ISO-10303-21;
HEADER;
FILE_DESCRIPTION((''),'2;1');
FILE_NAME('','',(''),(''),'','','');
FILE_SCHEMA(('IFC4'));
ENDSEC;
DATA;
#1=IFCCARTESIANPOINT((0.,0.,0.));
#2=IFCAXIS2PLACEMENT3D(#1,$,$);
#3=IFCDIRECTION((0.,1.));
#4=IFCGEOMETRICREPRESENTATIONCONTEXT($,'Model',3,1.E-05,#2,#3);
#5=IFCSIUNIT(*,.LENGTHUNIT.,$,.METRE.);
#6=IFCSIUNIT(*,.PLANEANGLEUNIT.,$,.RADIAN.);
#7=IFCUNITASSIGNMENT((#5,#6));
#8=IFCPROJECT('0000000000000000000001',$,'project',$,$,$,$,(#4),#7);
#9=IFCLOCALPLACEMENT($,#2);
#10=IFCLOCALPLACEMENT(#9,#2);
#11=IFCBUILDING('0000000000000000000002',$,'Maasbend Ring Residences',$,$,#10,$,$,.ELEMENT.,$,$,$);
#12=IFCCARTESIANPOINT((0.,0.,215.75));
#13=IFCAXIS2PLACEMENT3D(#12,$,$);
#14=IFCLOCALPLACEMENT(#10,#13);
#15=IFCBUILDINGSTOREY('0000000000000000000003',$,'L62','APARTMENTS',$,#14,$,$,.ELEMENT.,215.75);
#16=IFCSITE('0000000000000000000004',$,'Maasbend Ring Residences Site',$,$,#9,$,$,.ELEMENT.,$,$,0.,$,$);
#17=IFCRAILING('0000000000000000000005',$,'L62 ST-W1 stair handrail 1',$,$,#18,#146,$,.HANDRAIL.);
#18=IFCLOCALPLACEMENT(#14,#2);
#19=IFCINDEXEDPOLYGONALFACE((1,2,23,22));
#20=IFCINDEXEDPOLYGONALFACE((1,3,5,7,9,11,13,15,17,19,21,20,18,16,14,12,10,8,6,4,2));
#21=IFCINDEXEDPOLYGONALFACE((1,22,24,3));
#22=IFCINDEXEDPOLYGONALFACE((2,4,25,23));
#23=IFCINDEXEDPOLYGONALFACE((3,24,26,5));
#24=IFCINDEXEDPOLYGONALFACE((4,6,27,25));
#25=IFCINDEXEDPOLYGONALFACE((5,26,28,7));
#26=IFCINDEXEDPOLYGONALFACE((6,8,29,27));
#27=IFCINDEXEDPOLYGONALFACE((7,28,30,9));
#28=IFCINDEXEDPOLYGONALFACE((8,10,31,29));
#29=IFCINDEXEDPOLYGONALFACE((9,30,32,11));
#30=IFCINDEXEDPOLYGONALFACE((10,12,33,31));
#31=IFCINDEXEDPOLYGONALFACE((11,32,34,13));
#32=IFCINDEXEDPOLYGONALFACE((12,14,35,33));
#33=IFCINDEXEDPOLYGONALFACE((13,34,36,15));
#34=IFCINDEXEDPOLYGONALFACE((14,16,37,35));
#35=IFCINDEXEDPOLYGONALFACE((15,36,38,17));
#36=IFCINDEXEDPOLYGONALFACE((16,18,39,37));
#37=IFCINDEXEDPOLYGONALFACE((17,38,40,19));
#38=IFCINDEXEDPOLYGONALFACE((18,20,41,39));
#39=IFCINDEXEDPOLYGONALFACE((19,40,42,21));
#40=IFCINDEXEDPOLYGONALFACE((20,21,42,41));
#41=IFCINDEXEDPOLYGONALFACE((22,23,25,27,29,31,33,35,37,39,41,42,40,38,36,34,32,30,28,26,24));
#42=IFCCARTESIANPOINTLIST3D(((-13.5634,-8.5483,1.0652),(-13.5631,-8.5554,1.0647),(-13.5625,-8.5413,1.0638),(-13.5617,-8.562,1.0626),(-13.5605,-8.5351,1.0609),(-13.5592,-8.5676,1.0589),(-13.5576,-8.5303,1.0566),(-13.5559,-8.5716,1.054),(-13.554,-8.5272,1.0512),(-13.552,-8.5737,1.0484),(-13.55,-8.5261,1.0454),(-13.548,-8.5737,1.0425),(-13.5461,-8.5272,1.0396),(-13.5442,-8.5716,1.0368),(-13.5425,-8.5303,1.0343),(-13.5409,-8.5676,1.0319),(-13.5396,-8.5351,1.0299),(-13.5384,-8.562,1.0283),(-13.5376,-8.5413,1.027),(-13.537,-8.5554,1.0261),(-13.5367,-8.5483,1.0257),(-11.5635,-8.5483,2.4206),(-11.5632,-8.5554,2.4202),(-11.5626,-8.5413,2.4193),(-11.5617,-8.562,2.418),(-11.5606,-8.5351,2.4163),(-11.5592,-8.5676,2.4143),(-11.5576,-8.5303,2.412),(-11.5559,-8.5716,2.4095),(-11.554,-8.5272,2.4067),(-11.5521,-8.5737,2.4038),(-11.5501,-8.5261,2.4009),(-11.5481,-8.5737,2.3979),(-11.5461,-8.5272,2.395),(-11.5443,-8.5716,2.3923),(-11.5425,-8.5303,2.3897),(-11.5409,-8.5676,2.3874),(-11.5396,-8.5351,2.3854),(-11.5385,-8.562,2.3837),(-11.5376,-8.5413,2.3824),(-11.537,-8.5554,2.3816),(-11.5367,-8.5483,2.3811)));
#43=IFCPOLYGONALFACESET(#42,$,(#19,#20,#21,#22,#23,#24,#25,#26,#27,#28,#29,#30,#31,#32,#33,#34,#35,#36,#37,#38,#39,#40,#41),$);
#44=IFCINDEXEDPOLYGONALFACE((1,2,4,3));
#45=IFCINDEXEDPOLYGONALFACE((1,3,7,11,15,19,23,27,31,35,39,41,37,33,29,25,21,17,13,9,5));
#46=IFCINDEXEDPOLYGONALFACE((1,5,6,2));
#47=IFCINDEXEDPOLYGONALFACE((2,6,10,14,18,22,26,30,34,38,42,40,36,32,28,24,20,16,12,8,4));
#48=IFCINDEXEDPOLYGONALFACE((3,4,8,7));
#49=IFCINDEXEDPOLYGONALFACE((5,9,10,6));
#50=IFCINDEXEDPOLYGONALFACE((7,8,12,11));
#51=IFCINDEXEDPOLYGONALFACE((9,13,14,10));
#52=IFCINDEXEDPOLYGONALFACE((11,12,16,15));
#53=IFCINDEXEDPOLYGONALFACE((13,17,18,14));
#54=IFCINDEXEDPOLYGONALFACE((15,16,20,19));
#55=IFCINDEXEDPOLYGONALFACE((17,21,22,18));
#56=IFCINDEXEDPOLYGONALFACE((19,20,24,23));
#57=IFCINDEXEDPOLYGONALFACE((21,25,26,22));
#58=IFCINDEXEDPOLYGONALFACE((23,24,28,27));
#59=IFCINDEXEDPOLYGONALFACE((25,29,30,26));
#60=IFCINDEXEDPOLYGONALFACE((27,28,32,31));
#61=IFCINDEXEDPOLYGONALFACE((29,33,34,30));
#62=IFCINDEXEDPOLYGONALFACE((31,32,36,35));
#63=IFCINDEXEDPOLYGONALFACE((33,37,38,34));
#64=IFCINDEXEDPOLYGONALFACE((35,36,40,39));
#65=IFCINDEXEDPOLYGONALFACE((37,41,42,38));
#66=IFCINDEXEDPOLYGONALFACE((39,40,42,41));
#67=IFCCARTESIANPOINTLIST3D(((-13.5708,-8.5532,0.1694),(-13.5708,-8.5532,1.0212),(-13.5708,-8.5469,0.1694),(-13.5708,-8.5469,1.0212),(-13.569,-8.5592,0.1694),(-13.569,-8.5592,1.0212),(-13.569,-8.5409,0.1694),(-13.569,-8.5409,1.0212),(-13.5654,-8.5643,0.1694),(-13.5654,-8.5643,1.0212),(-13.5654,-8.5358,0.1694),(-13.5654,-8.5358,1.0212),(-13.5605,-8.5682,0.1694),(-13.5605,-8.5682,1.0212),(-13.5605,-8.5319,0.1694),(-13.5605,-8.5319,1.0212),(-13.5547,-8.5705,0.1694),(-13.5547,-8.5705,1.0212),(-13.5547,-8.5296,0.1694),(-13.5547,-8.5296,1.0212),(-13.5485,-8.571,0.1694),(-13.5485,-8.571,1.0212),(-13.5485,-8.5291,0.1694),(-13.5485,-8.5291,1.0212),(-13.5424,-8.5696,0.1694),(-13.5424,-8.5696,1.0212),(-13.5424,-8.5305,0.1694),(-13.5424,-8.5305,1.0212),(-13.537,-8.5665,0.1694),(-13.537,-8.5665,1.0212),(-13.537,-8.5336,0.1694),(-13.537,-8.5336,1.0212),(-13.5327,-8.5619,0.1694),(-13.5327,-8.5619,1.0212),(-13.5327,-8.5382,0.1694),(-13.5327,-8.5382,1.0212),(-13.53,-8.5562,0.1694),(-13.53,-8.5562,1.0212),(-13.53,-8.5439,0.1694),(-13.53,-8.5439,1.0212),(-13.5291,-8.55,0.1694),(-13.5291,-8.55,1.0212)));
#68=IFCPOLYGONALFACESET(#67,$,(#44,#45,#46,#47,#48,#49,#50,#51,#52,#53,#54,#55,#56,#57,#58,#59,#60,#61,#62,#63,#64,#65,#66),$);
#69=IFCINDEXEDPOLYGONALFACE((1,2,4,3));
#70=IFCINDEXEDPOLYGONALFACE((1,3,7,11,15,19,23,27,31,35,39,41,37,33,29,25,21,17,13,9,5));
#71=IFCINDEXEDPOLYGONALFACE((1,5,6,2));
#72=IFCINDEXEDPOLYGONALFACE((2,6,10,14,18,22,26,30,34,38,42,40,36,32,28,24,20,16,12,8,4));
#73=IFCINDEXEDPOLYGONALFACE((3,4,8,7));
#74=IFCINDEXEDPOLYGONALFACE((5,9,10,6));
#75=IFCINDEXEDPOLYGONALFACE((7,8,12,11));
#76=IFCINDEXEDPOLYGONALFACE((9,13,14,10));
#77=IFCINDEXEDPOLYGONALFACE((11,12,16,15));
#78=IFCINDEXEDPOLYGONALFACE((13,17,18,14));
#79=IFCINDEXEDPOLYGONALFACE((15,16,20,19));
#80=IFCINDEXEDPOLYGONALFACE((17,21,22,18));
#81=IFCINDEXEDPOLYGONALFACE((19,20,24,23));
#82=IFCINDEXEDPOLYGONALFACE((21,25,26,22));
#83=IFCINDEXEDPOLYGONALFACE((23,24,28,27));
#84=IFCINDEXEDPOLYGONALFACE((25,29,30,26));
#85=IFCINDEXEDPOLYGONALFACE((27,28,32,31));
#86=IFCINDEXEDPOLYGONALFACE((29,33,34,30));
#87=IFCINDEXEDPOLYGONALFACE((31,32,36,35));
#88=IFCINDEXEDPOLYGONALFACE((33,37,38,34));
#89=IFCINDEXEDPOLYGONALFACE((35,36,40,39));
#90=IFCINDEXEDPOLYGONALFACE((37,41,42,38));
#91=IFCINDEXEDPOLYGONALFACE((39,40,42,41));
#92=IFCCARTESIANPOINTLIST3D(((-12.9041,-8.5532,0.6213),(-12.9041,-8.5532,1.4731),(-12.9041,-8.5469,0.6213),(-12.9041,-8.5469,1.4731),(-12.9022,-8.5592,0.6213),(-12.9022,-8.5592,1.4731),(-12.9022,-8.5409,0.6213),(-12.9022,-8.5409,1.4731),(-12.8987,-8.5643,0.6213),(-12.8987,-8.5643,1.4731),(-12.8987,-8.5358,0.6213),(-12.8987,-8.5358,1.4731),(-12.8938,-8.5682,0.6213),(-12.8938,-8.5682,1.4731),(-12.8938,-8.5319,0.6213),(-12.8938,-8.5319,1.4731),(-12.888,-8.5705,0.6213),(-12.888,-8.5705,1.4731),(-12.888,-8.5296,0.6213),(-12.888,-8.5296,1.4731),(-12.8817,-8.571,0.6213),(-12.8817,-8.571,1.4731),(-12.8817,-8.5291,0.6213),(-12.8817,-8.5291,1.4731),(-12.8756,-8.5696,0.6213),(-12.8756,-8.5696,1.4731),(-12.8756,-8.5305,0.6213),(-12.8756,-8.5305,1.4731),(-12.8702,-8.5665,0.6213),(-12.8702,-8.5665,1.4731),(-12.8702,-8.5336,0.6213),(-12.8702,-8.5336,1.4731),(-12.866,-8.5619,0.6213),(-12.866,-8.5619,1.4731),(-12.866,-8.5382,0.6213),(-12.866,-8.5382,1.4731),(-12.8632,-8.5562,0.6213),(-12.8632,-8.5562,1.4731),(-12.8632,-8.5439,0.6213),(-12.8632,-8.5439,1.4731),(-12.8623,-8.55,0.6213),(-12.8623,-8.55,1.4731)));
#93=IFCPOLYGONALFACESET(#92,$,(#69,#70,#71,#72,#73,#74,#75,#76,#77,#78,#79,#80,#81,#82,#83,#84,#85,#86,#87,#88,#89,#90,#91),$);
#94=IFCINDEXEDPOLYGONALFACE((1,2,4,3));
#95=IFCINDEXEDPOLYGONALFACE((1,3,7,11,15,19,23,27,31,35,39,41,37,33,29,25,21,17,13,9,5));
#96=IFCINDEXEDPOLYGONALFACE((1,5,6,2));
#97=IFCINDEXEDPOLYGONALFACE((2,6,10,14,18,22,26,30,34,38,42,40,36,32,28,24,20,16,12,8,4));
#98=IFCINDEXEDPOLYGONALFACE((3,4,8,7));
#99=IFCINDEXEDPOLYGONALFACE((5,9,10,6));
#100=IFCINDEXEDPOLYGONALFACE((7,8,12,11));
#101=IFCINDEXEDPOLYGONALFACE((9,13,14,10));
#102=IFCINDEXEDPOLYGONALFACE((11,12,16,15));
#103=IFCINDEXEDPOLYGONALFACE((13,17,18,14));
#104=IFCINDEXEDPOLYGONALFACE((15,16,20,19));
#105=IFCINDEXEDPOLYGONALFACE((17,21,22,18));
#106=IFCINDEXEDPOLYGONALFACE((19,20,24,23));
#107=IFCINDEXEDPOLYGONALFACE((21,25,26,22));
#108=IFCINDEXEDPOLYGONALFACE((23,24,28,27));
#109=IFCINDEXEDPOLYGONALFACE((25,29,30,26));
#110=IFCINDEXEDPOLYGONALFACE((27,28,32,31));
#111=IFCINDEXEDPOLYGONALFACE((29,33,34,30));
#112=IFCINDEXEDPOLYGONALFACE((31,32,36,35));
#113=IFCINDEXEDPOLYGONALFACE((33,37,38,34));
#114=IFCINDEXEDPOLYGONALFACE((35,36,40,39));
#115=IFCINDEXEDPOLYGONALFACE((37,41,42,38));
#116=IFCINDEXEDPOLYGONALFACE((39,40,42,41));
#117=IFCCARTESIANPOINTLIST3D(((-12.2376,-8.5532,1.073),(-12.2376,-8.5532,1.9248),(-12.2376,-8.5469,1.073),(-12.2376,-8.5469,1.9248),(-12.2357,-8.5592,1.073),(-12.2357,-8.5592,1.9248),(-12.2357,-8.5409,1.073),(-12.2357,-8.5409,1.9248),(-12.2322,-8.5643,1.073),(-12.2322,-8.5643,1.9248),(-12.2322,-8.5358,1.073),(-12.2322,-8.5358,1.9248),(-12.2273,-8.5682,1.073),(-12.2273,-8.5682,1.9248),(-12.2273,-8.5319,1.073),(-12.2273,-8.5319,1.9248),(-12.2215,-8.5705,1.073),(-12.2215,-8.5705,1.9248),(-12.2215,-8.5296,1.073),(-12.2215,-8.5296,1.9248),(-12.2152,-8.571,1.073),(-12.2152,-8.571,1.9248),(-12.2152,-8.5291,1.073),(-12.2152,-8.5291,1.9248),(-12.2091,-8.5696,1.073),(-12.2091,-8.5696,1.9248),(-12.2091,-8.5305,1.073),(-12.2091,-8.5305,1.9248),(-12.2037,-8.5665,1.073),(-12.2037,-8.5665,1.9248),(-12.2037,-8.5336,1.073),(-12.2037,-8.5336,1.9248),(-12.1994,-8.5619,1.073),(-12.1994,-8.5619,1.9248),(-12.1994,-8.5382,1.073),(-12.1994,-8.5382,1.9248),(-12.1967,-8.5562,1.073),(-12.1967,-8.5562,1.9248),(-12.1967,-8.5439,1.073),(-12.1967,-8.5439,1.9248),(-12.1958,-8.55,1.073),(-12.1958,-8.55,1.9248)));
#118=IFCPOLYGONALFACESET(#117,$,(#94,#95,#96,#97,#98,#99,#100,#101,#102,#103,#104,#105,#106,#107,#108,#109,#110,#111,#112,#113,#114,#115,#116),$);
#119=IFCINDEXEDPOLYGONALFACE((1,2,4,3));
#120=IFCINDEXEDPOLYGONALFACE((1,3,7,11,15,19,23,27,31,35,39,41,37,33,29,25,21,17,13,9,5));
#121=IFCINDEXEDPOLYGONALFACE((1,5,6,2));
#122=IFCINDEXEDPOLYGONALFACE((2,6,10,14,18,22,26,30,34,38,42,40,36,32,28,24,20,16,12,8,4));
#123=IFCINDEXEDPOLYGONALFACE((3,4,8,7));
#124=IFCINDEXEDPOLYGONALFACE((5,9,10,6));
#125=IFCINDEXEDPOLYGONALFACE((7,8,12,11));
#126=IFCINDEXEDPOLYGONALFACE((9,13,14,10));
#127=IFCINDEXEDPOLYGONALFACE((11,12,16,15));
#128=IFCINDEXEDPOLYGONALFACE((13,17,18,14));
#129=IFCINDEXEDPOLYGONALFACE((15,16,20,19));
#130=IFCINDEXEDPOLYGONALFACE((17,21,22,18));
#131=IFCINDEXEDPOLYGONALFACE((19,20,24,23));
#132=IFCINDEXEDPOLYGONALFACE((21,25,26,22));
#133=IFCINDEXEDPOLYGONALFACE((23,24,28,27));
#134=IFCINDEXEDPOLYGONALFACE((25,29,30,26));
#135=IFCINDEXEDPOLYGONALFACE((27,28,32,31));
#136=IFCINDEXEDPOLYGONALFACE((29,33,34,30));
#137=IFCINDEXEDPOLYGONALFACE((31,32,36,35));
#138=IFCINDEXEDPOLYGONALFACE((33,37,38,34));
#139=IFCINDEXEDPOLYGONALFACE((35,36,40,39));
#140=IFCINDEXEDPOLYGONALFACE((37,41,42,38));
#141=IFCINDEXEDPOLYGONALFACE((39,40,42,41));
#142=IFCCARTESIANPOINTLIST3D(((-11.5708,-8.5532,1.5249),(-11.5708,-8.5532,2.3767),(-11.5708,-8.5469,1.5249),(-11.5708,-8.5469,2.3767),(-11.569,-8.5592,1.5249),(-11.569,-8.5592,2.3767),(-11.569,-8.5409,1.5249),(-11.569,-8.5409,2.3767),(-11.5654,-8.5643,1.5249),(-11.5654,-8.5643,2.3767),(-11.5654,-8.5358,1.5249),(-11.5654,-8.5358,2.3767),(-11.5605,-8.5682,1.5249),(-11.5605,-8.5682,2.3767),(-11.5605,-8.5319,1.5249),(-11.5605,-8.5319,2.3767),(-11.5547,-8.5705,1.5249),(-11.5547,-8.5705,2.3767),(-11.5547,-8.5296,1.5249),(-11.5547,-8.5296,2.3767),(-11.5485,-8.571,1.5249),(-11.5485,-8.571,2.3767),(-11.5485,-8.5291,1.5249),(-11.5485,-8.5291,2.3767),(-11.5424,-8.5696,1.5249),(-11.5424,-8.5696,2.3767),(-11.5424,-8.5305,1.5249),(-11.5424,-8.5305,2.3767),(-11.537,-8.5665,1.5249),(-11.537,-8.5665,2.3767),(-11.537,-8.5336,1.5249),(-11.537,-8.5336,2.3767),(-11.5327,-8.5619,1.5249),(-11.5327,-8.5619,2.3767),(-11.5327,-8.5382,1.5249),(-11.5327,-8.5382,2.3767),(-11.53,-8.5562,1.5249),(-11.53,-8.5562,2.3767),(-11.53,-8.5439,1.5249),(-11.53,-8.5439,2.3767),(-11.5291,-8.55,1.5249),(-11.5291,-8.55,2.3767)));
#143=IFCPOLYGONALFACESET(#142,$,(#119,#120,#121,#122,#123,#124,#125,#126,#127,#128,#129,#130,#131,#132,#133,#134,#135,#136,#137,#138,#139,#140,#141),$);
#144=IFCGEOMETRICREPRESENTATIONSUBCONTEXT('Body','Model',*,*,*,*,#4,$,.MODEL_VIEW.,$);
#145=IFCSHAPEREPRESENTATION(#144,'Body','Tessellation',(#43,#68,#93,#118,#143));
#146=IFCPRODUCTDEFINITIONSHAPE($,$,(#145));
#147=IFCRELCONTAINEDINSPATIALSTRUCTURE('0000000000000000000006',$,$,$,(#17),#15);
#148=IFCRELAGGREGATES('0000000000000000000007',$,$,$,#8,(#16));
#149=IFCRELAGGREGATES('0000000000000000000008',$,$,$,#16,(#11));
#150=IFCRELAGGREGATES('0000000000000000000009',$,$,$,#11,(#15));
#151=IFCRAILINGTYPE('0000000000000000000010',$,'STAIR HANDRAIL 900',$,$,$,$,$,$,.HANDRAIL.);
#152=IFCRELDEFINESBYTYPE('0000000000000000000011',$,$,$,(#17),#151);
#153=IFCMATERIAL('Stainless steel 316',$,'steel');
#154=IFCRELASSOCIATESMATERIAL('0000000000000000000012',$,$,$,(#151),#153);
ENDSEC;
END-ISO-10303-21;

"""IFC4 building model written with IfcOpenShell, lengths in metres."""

from ifc_helpers import new_model, si_unit, direction, frame, origin, origin_2d, place, context, subcontext, project, spatial, circle, extrude, material, type_object, element, save


model = new_model("IFC4")

# Units and contexts
model_context = context("Model", 3, precision=1e-05, world=origin(), true_north=direction((0.0, 1.0)))
body_context = subcontext(model_context, "Body", "Model", "MODEL_VIEW")
ifc_project = project(units=[si_unit("LENGTHUNIT", "METRE"), si_unit("PLANEANGLEUNIT", "RADIAN")], contexts=[model_context])

# Site, building, storey
site_placement = place(None, origin())
site = spatial("IfcSite", under=ifc_project, at=site_placement, Name="Maasbend Ring Residences Site", CompositionType="ELEMENT", RefElevation=0.0)
building_placement = place(site_placement, origin())
building = spatial("IfcBuilding", under=site, at=building_placement, Name="Maasbend Ring Residences", CompositionType="ELEMENT")
storey_placement = place(building_placement, frame((0.0, 0.0, 215.75)))
storey = spatial("IfcBuildingStorey", under=building, at=storey_placement, Name="L62", Description="APARTMENTS", CompositionType="ELEMENT", Elevation=215.75)

# Railing
ifc_material_1 = material(Name="Stainless steel 316", Category="steel")
railing_type_1 = type_object("IfcRailingType", Name="STAIR HANDRAIL 900", PredefinedType="HANDRAIL", material=ifc_material_1)
railing_1_placement = place(storey_placement, frame((-13.55, -8.55, 0.1694)))
element("IfcRailing", 1, at=railing_1_placement, inside=storey, type_object=railing_type_1, Name="L62 ST-W1 stair handrail 1", PredefinedType="HANDRAIL", context=body_context, shape_type="SweptSolid", body=[
    extrude(circle(Radius=0.0239, at=origin_2d()), frame((0.0, 0.0, 0.876), z_axis=(0.827798, 0.0, 0.561027), x_axis=(0.0, 1.0, 0.0)), (0.0, 0.0, 1.0), 2.416),
    extrude(circle(Radius=0.021, at=origin_2d()), origin(), (0.0, 0.0, 1.0), 0.8518),
    extrude(circle(Radius=0.021, at=origin_2d()), frame((0.6667, 0.0, 0.4519)), (0.0, 0.0, 1.0), 0.8518),
    extrude(circle(Radius=0.021, at=origin_2d()), frame((1.3333, 0.0, 0.9036)), (0.0, 0.0, 1.0), 0.8518),
    extrude(circle(Radius=0.021, at=origin_2d()), frame((2.0, 0.0, 1.3555)), (0.0, 0.0, 1.0), 0.8518),
])

save(model, "model.ifc")
